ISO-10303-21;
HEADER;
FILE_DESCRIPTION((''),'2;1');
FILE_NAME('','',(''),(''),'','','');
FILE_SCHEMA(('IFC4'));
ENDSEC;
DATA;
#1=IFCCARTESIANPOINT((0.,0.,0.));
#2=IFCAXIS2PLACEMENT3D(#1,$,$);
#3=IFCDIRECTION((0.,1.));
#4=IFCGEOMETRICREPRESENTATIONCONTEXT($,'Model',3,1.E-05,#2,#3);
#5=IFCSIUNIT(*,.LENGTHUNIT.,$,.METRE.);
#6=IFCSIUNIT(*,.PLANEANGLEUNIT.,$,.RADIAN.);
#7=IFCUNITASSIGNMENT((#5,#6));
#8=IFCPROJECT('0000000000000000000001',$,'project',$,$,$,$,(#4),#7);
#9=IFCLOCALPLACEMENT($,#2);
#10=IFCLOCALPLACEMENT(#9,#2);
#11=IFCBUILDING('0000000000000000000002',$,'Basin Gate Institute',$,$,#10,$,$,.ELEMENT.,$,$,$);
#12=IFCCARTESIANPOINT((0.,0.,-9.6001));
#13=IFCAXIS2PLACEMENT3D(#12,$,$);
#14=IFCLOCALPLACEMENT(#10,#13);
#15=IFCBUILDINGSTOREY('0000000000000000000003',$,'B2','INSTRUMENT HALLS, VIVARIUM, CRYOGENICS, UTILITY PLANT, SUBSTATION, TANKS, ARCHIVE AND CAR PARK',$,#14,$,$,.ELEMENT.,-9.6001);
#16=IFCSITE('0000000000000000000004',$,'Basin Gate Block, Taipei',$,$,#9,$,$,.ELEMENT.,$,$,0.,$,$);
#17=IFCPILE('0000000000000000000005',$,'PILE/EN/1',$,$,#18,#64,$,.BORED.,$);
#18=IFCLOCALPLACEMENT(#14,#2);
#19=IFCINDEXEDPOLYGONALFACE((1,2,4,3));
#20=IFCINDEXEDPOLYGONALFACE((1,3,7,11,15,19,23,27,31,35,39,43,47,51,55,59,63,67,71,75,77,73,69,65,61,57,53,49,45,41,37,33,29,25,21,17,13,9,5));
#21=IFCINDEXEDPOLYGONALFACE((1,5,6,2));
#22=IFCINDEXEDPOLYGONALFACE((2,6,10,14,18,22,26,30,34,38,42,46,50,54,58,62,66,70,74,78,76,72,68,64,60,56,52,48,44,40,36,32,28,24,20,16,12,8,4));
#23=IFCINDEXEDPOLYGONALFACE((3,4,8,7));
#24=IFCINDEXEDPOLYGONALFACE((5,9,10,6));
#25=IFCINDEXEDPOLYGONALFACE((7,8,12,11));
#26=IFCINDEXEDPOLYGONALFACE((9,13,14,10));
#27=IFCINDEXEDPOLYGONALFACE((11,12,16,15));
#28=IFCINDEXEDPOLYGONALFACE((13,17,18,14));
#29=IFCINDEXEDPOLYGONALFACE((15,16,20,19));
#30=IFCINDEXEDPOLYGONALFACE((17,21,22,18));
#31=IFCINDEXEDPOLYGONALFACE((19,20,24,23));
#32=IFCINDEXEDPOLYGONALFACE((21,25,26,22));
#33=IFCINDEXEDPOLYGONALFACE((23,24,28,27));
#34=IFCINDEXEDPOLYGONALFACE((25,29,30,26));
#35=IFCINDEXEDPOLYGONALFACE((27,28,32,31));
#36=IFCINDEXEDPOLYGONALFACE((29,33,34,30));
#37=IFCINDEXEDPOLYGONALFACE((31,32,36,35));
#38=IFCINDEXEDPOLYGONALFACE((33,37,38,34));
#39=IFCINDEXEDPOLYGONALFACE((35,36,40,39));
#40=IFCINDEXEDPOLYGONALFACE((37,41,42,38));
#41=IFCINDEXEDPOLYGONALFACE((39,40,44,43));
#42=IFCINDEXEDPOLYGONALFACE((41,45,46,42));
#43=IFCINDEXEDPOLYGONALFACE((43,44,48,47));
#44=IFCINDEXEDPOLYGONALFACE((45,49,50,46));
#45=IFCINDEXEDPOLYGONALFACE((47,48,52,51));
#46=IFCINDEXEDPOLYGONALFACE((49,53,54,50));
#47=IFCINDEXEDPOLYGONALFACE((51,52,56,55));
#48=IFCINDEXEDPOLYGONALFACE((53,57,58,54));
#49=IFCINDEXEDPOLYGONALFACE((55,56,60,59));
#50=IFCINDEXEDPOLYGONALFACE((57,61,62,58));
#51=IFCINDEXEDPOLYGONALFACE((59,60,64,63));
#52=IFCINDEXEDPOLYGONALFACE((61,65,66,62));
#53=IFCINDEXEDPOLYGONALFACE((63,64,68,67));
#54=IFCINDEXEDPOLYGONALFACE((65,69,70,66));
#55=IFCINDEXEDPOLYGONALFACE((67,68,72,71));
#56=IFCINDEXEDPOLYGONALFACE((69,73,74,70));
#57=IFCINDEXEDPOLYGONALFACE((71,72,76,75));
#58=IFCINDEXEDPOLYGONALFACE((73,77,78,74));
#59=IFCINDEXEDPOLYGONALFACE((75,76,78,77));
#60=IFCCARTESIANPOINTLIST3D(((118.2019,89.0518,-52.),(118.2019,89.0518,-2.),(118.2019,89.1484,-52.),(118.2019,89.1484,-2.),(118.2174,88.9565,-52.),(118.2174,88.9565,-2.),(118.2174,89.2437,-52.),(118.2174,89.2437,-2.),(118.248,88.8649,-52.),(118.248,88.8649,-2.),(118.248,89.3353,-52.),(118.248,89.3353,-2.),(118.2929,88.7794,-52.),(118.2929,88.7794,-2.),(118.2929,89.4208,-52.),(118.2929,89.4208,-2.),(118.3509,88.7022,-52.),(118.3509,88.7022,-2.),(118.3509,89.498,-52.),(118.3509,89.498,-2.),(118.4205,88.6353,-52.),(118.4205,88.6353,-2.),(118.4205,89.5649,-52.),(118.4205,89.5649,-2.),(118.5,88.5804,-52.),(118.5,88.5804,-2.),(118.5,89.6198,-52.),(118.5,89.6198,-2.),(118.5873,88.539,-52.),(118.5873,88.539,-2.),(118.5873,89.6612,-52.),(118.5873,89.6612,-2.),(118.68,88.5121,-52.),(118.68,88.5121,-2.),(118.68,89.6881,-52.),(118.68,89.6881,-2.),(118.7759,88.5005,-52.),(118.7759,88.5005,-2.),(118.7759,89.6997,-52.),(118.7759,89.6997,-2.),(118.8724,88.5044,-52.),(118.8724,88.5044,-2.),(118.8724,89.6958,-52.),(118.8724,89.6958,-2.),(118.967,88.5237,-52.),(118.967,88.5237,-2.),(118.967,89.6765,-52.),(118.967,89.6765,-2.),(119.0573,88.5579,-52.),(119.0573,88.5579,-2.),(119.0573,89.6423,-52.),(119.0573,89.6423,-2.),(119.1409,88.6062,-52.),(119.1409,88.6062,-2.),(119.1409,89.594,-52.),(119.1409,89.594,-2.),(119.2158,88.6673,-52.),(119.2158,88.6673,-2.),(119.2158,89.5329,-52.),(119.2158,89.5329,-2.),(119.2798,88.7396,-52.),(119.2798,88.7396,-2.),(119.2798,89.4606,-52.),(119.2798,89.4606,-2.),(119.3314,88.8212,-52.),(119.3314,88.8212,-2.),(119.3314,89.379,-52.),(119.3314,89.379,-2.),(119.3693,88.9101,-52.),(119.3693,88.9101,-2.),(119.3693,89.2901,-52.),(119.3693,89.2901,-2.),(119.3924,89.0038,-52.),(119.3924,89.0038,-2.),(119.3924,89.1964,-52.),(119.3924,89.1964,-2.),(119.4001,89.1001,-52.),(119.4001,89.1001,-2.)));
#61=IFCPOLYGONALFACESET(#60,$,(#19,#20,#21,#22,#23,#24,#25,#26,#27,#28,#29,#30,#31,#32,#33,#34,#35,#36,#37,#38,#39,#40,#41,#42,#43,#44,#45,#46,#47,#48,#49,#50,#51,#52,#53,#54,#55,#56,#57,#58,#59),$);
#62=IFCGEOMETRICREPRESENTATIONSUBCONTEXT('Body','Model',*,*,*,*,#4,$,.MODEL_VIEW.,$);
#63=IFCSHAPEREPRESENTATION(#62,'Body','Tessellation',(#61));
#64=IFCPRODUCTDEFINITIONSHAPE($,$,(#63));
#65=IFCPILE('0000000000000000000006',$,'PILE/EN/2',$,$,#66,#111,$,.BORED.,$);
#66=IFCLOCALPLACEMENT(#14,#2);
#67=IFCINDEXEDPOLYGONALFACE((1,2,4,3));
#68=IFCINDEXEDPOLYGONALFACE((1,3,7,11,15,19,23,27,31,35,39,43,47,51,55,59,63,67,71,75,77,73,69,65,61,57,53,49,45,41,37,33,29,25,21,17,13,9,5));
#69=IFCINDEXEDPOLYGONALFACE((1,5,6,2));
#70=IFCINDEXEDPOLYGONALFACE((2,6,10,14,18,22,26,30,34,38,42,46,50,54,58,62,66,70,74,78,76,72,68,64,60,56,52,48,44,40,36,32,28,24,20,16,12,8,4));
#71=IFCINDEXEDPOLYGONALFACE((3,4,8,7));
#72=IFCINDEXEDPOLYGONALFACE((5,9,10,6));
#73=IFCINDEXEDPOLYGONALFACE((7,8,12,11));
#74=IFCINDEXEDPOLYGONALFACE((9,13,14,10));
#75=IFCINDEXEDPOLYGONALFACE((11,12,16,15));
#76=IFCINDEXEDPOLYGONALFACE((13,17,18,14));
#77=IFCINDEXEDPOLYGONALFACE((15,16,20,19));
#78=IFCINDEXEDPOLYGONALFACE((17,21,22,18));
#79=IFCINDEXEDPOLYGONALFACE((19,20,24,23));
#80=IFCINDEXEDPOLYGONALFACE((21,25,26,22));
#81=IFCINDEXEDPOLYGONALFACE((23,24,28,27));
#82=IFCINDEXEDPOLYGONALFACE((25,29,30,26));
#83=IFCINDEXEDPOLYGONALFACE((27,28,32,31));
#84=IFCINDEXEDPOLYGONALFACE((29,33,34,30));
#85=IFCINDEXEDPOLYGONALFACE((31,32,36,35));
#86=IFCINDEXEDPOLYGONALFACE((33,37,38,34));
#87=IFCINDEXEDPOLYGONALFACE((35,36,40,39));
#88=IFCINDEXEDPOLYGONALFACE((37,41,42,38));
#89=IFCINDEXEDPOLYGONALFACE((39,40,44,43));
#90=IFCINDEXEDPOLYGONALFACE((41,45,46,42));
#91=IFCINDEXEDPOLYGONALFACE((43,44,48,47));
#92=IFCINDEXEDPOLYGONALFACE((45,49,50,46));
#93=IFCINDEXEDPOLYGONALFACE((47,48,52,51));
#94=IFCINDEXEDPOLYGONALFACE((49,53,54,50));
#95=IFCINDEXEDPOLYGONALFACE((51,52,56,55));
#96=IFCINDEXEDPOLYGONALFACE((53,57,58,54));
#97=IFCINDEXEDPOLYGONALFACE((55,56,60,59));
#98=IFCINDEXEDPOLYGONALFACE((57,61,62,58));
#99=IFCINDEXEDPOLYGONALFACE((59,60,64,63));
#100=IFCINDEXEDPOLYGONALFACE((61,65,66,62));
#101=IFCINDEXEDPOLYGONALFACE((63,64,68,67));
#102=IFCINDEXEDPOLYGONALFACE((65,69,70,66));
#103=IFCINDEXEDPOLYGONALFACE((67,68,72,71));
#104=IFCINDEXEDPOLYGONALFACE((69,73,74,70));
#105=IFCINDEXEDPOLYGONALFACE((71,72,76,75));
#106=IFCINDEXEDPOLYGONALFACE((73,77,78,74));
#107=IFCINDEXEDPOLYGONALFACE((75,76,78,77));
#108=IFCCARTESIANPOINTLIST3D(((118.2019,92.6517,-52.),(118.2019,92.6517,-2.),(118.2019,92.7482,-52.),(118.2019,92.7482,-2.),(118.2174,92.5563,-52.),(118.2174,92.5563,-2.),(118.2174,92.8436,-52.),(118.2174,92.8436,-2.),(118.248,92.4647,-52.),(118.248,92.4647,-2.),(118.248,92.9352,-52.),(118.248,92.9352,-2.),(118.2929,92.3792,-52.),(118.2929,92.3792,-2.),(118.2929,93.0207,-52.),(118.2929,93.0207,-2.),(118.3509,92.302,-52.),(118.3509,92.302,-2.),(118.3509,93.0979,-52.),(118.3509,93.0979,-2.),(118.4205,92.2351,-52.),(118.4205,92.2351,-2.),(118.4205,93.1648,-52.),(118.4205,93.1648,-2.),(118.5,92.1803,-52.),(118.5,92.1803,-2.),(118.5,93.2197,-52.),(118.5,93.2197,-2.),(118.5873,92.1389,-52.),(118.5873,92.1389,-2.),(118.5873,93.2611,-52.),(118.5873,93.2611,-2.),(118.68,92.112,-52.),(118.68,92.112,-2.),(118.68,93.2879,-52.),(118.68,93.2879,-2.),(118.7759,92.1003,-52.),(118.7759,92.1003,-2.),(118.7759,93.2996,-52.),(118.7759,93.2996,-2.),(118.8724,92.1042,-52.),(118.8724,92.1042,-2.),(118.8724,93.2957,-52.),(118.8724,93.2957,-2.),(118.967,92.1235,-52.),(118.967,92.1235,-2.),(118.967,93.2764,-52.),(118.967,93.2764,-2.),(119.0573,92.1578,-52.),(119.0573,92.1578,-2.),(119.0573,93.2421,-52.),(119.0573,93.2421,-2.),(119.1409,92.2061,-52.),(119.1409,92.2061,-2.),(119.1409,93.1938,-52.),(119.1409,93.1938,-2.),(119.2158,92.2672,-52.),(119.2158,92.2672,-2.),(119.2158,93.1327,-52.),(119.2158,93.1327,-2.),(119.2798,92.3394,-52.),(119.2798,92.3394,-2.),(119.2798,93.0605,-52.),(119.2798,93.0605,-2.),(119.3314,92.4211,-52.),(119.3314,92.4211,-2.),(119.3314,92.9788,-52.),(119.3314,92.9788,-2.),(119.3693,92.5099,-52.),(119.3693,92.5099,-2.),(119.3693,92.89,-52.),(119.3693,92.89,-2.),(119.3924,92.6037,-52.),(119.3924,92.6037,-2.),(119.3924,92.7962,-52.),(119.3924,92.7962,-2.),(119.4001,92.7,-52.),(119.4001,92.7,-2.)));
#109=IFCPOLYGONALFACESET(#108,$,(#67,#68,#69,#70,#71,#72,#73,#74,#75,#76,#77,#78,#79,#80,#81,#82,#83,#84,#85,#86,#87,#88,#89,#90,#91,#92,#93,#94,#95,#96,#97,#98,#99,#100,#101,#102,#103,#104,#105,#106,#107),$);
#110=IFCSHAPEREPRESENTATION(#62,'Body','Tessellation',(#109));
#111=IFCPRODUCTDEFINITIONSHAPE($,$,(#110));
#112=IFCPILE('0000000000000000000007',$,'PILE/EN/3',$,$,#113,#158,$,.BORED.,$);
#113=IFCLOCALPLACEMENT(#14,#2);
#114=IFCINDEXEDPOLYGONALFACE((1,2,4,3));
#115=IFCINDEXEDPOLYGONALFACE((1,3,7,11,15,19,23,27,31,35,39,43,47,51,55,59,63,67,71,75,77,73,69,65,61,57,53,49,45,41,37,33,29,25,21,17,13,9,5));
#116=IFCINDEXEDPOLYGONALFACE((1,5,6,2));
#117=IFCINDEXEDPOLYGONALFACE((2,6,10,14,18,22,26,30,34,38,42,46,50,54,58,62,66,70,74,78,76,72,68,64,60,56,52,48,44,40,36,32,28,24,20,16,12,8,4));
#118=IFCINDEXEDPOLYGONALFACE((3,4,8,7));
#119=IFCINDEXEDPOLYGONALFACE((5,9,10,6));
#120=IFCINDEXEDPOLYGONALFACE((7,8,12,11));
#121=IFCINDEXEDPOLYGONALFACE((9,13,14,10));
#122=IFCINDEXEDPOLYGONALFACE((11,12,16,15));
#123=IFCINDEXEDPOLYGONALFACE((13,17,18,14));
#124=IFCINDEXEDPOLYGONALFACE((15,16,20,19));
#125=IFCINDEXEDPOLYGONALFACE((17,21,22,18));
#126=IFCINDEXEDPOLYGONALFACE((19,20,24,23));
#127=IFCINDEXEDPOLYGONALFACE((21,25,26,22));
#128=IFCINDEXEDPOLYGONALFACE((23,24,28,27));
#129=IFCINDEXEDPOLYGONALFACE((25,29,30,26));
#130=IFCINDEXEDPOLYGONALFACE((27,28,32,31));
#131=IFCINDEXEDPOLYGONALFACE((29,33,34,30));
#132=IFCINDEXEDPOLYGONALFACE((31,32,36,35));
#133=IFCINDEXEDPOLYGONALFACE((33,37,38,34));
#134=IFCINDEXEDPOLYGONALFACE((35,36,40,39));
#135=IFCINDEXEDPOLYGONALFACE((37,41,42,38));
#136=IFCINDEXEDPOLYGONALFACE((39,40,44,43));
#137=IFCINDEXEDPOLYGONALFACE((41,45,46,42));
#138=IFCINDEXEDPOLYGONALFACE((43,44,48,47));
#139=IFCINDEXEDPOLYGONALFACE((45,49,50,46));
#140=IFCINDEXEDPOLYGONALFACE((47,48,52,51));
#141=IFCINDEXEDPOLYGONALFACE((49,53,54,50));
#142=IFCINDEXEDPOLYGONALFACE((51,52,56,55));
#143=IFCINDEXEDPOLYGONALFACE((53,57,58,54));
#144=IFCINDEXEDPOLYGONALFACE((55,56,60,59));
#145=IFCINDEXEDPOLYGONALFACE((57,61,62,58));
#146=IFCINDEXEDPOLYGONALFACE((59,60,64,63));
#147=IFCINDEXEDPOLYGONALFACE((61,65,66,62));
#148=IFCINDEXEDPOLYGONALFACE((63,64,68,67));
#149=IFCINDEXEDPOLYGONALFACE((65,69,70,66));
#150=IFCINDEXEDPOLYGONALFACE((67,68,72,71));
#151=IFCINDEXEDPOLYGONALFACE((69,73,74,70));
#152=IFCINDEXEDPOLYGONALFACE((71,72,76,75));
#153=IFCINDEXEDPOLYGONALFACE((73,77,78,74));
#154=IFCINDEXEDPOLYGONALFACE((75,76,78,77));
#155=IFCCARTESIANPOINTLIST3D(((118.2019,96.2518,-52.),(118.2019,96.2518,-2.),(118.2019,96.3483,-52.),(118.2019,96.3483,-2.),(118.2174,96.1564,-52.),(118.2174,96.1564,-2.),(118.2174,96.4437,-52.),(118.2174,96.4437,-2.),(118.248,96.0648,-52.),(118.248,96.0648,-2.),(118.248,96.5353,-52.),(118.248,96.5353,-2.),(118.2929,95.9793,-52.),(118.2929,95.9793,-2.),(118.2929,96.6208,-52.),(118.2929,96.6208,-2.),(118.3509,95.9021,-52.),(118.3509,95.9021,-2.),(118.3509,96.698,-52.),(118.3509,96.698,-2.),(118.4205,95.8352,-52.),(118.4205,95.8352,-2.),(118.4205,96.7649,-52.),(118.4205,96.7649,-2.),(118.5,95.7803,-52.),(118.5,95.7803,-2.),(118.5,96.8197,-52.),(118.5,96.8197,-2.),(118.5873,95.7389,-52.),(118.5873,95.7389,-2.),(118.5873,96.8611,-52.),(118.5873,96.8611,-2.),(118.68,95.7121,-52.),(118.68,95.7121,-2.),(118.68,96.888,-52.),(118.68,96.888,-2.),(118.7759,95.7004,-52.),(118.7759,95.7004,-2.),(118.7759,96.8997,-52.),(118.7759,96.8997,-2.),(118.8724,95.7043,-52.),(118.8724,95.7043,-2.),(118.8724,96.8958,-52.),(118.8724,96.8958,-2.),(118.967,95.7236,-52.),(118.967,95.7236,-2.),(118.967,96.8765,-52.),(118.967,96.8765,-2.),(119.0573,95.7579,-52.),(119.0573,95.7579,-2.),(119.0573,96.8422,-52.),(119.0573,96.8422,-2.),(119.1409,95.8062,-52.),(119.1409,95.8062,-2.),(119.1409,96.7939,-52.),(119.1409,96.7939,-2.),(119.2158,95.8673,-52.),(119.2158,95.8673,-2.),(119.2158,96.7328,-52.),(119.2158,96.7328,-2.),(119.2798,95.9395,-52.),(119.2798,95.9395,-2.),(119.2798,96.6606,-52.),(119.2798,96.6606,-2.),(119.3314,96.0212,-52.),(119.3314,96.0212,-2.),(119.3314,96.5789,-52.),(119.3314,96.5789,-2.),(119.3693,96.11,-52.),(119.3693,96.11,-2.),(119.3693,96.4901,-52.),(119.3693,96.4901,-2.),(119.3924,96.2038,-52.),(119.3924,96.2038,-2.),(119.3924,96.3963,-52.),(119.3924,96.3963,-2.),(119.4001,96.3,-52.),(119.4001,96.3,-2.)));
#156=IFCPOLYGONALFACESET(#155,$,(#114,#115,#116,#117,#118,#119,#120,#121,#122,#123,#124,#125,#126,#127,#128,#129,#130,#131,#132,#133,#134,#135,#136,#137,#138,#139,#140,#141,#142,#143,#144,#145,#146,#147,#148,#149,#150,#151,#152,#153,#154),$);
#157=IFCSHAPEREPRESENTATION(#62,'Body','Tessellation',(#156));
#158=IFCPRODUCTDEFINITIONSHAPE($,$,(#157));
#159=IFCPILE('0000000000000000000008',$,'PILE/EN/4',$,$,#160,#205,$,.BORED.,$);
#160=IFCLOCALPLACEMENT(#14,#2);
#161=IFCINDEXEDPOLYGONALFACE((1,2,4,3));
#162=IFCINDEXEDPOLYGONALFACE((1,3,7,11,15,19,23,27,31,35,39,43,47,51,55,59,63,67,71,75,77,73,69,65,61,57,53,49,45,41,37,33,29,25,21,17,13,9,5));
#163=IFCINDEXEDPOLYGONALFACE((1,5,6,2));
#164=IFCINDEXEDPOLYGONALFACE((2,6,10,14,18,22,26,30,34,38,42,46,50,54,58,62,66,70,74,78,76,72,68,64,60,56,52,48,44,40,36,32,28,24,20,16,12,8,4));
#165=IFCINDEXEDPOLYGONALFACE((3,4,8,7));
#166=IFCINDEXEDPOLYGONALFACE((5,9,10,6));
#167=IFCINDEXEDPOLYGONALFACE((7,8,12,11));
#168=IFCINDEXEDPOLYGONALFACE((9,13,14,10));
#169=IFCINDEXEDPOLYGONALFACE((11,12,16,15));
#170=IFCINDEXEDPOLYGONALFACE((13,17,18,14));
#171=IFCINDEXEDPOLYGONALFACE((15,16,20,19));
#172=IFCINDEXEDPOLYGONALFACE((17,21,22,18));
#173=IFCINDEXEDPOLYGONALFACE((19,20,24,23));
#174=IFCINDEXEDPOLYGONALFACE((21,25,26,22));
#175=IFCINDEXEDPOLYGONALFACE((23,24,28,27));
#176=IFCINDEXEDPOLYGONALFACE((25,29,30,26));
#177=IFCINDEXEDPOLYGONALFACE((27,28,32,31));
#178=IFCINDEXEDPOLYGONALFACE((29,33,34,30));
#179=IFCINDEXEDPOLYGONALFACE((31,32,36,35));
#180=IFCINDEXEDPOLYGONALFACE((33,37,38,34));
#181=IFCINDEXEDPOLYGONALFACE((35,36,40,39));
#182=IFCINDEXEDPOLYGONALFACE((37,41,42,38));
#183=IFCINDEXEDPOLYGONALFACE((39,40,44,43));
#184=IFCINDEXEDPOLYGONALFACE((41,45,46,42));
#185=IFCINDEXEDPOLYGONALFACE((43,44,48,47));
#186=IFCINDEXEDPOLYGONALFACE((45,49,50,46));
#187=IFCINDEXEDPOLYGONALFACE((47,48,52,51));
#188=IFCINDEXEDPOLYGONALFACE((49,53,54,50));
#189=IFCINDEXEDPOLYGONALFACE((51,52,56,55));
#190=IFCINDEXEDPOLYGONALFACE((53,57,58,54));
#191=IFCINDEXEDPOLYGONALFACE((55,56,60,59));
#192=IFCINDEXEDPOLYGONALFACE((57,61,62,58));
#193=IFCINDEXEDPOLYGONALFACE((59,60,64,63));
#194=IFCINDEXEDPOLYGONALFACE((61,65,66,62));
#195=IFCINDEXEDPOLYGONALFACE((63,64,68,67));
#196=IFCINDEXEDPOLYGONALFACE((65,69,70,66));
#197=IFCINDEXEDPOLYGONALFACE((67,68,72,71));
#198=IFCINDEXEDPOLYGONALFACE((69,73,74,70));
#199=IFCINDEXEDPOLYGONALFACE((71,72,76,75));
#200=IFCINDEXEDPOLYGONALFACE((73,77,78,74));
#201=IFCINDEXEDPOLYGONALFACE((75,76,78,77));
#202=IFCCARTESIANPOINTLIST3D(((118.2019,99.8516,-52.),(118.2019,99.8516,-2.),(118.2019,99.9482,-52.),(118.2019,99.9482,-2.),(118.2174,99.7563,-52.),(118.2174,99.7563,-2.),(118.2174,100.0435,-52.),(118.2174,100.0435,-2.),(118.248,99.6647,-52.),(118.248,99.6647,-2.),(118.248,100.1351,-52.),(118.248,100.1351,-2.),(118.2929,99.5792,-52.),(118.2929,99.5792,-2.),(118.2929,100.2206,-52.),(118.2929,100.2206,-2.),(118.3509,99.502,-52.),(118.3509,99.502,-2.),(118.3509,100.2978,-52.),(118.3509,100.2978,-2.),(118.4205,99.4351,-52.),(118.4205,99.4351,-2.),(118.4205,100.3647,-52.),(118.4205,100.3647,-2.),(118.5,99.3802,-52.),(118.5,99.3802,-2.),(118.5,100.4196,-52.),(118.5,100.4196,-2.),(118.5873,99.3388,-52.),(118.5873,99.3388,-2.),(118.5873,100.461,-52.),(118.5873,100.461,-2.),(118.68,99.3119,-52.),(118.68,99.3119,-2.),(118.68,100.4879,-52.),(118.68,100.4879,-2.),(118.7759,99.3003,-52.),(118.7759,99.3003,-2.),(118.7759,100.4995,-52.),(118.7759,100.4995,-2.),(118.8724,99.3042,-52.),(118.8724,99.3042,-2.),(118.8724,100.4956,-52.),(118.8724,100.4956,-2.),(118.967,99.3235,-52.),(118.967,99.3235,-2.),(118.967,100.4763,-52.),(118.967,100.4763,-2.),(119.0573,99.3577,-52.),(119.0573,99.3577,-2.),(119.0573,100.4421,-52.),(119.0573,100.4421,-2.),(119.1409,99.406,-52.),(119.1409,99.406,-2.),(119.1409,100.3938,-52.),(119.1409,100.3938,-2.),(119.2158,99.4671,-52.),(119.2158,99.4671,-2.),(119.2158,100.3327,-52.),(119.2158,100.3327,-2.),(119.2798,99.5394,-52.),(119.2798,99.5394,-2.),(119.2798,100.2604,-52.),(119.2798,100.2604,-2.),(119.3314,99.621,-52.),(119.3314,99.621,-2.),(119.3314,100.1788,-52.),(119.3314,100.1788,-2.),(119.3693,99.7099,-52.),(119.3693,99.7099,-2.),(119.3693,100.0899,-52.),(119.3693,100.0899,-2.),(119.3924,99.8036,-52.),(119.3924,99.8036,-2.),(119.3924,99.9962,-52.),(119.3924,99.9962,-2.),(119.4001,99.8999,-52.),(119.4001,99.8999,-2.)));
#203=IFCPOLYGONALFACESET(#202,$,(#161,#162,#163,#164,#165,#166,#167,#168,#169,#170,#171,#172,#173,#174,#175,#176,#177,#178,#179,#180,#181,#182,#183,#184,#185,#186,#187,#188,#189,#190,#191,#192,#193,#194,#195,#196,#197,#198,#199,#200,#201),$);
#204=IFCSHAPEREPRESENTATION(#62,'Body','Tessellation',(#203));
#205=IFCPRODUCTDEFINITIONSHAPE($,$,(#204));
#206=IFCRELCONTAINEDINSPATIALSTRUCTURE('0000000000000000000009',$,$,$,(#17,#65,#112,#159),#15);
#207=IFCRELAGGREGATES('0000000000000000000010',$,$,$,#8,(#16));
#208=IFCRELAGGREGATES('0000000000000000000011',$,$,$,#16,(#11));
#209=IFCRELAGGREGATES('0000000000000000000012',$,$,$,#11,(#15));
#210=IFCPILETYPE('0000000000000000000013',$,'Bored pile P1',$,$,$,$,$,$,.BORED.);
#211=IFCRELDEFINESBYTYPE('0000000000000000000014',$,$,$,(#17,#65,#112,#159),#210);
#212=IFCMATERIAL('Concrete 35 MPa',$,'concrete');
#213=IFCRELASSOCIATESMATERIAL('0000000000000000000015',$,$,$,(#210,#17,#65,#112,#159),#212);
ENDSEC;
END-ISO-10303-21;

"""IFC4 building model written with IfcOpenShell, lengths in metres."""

from ifc_helpers import new_model, si_unit, direction, frame, origin, origin_2d, place, context, subcontext, project, spatial, circle, extrude, material, material_profile, profile_set, type_object, element, save


model = new_model("IFC4")

# Units and contexts
model_context = context("Model", 3, precision=1e-05, world=origin(), true_north=direction((0.0, 1.0)))
body_context = subcontext(model_context, "Body", "Model", "MODEL_VIEW")
ifc_project = project(units=[si_unit("LENGTHUNIT", "METRE"), si_unit("PLANEANGLEUNIT", "RADIAN")], contexts=[model_context])

# Site, building, storey
site_placement = place(None, origin())
site = spatial("IfcSite", under=ifc_project, at=site_placement, Name="Basin Gate Block, Taipei", CompositionType="ELEMENT", RefElevation=0.0)
building_placement = place(site_placement, origin())
building = spatial("IfcBuilding", under=site, at=building_placement, Name="Basin Gate Institute", CompositionType="ELEMENT")
storey_placement = place(building_placement, frame((0.0, 0.0, -9.6001)))
storey = spatial("IfcBuildingStorey", under=building, at=storey_placement, Name="B2", Description="INSTRUMENT HALLS, VIVARIUM, CRYOGENICS, UTILITY PLANT, SUBSTATION, TANKS, ARCHIVE AND CAR PARK", CompositionType="ELEMENT", Elevation=-9.6001)

# Piles
ifc_material_1 = material(Name="Concrete 35 MPa", Category="concrete")
ifc_material_profile_1 = material_profile(ifc_material_1, circle(Radius=0.6001, at=origin_2d()), Name="Bored pile P1 1200 dia")
ifc_profile_set_1 = profile_set([ifc_material_profile_1], Name="Concrete 35 MPa")
pile_type = type_object("IfcPileType", Name="Bored pile P1", PredefinedType="BORED", material=ifc_profile_set_1)
for number, where, z_axis, x_axis, name in (
    (1, (118.8, 89.1001, -2.0), (0.0, 0.0, -1.0), (1.0, 0.0, 0.0), "PILE/EN/1"),
    (2, (118.8, 92.7, -2.0), (0.0, 0.0, -1.0), (1.0, 0.0, 0.0), "PILE/EN/2"),
    (3, (118.8, 96.3, -2.0), (0.0, 0.0, -1.0), (1.0, 0.0, 0.0), "PILE/EN/3"),
    (4, (118.8, 99.8999, -2.0), (0.0, 0.0, -1.0), (1.0, 0.0, 0.0), "PILE/EN/4"),
):
    element("IfcPile", number, at=place(storey_placement, frame(where, z_axis=z_axis, x_axis=x_axis)), inside=storey, type_object=pile_type, material=ifc_profile_set_1, Name=name, PredefinedType="BORED", context=body_context, shape_type="SweptSolid", body=[
        extrude(circle(Radius=0.6001, at=origin_2d()), origin(), (0.0, 0.0, 1.0), 50.0),
    ])

save(model, "model.ifc")
